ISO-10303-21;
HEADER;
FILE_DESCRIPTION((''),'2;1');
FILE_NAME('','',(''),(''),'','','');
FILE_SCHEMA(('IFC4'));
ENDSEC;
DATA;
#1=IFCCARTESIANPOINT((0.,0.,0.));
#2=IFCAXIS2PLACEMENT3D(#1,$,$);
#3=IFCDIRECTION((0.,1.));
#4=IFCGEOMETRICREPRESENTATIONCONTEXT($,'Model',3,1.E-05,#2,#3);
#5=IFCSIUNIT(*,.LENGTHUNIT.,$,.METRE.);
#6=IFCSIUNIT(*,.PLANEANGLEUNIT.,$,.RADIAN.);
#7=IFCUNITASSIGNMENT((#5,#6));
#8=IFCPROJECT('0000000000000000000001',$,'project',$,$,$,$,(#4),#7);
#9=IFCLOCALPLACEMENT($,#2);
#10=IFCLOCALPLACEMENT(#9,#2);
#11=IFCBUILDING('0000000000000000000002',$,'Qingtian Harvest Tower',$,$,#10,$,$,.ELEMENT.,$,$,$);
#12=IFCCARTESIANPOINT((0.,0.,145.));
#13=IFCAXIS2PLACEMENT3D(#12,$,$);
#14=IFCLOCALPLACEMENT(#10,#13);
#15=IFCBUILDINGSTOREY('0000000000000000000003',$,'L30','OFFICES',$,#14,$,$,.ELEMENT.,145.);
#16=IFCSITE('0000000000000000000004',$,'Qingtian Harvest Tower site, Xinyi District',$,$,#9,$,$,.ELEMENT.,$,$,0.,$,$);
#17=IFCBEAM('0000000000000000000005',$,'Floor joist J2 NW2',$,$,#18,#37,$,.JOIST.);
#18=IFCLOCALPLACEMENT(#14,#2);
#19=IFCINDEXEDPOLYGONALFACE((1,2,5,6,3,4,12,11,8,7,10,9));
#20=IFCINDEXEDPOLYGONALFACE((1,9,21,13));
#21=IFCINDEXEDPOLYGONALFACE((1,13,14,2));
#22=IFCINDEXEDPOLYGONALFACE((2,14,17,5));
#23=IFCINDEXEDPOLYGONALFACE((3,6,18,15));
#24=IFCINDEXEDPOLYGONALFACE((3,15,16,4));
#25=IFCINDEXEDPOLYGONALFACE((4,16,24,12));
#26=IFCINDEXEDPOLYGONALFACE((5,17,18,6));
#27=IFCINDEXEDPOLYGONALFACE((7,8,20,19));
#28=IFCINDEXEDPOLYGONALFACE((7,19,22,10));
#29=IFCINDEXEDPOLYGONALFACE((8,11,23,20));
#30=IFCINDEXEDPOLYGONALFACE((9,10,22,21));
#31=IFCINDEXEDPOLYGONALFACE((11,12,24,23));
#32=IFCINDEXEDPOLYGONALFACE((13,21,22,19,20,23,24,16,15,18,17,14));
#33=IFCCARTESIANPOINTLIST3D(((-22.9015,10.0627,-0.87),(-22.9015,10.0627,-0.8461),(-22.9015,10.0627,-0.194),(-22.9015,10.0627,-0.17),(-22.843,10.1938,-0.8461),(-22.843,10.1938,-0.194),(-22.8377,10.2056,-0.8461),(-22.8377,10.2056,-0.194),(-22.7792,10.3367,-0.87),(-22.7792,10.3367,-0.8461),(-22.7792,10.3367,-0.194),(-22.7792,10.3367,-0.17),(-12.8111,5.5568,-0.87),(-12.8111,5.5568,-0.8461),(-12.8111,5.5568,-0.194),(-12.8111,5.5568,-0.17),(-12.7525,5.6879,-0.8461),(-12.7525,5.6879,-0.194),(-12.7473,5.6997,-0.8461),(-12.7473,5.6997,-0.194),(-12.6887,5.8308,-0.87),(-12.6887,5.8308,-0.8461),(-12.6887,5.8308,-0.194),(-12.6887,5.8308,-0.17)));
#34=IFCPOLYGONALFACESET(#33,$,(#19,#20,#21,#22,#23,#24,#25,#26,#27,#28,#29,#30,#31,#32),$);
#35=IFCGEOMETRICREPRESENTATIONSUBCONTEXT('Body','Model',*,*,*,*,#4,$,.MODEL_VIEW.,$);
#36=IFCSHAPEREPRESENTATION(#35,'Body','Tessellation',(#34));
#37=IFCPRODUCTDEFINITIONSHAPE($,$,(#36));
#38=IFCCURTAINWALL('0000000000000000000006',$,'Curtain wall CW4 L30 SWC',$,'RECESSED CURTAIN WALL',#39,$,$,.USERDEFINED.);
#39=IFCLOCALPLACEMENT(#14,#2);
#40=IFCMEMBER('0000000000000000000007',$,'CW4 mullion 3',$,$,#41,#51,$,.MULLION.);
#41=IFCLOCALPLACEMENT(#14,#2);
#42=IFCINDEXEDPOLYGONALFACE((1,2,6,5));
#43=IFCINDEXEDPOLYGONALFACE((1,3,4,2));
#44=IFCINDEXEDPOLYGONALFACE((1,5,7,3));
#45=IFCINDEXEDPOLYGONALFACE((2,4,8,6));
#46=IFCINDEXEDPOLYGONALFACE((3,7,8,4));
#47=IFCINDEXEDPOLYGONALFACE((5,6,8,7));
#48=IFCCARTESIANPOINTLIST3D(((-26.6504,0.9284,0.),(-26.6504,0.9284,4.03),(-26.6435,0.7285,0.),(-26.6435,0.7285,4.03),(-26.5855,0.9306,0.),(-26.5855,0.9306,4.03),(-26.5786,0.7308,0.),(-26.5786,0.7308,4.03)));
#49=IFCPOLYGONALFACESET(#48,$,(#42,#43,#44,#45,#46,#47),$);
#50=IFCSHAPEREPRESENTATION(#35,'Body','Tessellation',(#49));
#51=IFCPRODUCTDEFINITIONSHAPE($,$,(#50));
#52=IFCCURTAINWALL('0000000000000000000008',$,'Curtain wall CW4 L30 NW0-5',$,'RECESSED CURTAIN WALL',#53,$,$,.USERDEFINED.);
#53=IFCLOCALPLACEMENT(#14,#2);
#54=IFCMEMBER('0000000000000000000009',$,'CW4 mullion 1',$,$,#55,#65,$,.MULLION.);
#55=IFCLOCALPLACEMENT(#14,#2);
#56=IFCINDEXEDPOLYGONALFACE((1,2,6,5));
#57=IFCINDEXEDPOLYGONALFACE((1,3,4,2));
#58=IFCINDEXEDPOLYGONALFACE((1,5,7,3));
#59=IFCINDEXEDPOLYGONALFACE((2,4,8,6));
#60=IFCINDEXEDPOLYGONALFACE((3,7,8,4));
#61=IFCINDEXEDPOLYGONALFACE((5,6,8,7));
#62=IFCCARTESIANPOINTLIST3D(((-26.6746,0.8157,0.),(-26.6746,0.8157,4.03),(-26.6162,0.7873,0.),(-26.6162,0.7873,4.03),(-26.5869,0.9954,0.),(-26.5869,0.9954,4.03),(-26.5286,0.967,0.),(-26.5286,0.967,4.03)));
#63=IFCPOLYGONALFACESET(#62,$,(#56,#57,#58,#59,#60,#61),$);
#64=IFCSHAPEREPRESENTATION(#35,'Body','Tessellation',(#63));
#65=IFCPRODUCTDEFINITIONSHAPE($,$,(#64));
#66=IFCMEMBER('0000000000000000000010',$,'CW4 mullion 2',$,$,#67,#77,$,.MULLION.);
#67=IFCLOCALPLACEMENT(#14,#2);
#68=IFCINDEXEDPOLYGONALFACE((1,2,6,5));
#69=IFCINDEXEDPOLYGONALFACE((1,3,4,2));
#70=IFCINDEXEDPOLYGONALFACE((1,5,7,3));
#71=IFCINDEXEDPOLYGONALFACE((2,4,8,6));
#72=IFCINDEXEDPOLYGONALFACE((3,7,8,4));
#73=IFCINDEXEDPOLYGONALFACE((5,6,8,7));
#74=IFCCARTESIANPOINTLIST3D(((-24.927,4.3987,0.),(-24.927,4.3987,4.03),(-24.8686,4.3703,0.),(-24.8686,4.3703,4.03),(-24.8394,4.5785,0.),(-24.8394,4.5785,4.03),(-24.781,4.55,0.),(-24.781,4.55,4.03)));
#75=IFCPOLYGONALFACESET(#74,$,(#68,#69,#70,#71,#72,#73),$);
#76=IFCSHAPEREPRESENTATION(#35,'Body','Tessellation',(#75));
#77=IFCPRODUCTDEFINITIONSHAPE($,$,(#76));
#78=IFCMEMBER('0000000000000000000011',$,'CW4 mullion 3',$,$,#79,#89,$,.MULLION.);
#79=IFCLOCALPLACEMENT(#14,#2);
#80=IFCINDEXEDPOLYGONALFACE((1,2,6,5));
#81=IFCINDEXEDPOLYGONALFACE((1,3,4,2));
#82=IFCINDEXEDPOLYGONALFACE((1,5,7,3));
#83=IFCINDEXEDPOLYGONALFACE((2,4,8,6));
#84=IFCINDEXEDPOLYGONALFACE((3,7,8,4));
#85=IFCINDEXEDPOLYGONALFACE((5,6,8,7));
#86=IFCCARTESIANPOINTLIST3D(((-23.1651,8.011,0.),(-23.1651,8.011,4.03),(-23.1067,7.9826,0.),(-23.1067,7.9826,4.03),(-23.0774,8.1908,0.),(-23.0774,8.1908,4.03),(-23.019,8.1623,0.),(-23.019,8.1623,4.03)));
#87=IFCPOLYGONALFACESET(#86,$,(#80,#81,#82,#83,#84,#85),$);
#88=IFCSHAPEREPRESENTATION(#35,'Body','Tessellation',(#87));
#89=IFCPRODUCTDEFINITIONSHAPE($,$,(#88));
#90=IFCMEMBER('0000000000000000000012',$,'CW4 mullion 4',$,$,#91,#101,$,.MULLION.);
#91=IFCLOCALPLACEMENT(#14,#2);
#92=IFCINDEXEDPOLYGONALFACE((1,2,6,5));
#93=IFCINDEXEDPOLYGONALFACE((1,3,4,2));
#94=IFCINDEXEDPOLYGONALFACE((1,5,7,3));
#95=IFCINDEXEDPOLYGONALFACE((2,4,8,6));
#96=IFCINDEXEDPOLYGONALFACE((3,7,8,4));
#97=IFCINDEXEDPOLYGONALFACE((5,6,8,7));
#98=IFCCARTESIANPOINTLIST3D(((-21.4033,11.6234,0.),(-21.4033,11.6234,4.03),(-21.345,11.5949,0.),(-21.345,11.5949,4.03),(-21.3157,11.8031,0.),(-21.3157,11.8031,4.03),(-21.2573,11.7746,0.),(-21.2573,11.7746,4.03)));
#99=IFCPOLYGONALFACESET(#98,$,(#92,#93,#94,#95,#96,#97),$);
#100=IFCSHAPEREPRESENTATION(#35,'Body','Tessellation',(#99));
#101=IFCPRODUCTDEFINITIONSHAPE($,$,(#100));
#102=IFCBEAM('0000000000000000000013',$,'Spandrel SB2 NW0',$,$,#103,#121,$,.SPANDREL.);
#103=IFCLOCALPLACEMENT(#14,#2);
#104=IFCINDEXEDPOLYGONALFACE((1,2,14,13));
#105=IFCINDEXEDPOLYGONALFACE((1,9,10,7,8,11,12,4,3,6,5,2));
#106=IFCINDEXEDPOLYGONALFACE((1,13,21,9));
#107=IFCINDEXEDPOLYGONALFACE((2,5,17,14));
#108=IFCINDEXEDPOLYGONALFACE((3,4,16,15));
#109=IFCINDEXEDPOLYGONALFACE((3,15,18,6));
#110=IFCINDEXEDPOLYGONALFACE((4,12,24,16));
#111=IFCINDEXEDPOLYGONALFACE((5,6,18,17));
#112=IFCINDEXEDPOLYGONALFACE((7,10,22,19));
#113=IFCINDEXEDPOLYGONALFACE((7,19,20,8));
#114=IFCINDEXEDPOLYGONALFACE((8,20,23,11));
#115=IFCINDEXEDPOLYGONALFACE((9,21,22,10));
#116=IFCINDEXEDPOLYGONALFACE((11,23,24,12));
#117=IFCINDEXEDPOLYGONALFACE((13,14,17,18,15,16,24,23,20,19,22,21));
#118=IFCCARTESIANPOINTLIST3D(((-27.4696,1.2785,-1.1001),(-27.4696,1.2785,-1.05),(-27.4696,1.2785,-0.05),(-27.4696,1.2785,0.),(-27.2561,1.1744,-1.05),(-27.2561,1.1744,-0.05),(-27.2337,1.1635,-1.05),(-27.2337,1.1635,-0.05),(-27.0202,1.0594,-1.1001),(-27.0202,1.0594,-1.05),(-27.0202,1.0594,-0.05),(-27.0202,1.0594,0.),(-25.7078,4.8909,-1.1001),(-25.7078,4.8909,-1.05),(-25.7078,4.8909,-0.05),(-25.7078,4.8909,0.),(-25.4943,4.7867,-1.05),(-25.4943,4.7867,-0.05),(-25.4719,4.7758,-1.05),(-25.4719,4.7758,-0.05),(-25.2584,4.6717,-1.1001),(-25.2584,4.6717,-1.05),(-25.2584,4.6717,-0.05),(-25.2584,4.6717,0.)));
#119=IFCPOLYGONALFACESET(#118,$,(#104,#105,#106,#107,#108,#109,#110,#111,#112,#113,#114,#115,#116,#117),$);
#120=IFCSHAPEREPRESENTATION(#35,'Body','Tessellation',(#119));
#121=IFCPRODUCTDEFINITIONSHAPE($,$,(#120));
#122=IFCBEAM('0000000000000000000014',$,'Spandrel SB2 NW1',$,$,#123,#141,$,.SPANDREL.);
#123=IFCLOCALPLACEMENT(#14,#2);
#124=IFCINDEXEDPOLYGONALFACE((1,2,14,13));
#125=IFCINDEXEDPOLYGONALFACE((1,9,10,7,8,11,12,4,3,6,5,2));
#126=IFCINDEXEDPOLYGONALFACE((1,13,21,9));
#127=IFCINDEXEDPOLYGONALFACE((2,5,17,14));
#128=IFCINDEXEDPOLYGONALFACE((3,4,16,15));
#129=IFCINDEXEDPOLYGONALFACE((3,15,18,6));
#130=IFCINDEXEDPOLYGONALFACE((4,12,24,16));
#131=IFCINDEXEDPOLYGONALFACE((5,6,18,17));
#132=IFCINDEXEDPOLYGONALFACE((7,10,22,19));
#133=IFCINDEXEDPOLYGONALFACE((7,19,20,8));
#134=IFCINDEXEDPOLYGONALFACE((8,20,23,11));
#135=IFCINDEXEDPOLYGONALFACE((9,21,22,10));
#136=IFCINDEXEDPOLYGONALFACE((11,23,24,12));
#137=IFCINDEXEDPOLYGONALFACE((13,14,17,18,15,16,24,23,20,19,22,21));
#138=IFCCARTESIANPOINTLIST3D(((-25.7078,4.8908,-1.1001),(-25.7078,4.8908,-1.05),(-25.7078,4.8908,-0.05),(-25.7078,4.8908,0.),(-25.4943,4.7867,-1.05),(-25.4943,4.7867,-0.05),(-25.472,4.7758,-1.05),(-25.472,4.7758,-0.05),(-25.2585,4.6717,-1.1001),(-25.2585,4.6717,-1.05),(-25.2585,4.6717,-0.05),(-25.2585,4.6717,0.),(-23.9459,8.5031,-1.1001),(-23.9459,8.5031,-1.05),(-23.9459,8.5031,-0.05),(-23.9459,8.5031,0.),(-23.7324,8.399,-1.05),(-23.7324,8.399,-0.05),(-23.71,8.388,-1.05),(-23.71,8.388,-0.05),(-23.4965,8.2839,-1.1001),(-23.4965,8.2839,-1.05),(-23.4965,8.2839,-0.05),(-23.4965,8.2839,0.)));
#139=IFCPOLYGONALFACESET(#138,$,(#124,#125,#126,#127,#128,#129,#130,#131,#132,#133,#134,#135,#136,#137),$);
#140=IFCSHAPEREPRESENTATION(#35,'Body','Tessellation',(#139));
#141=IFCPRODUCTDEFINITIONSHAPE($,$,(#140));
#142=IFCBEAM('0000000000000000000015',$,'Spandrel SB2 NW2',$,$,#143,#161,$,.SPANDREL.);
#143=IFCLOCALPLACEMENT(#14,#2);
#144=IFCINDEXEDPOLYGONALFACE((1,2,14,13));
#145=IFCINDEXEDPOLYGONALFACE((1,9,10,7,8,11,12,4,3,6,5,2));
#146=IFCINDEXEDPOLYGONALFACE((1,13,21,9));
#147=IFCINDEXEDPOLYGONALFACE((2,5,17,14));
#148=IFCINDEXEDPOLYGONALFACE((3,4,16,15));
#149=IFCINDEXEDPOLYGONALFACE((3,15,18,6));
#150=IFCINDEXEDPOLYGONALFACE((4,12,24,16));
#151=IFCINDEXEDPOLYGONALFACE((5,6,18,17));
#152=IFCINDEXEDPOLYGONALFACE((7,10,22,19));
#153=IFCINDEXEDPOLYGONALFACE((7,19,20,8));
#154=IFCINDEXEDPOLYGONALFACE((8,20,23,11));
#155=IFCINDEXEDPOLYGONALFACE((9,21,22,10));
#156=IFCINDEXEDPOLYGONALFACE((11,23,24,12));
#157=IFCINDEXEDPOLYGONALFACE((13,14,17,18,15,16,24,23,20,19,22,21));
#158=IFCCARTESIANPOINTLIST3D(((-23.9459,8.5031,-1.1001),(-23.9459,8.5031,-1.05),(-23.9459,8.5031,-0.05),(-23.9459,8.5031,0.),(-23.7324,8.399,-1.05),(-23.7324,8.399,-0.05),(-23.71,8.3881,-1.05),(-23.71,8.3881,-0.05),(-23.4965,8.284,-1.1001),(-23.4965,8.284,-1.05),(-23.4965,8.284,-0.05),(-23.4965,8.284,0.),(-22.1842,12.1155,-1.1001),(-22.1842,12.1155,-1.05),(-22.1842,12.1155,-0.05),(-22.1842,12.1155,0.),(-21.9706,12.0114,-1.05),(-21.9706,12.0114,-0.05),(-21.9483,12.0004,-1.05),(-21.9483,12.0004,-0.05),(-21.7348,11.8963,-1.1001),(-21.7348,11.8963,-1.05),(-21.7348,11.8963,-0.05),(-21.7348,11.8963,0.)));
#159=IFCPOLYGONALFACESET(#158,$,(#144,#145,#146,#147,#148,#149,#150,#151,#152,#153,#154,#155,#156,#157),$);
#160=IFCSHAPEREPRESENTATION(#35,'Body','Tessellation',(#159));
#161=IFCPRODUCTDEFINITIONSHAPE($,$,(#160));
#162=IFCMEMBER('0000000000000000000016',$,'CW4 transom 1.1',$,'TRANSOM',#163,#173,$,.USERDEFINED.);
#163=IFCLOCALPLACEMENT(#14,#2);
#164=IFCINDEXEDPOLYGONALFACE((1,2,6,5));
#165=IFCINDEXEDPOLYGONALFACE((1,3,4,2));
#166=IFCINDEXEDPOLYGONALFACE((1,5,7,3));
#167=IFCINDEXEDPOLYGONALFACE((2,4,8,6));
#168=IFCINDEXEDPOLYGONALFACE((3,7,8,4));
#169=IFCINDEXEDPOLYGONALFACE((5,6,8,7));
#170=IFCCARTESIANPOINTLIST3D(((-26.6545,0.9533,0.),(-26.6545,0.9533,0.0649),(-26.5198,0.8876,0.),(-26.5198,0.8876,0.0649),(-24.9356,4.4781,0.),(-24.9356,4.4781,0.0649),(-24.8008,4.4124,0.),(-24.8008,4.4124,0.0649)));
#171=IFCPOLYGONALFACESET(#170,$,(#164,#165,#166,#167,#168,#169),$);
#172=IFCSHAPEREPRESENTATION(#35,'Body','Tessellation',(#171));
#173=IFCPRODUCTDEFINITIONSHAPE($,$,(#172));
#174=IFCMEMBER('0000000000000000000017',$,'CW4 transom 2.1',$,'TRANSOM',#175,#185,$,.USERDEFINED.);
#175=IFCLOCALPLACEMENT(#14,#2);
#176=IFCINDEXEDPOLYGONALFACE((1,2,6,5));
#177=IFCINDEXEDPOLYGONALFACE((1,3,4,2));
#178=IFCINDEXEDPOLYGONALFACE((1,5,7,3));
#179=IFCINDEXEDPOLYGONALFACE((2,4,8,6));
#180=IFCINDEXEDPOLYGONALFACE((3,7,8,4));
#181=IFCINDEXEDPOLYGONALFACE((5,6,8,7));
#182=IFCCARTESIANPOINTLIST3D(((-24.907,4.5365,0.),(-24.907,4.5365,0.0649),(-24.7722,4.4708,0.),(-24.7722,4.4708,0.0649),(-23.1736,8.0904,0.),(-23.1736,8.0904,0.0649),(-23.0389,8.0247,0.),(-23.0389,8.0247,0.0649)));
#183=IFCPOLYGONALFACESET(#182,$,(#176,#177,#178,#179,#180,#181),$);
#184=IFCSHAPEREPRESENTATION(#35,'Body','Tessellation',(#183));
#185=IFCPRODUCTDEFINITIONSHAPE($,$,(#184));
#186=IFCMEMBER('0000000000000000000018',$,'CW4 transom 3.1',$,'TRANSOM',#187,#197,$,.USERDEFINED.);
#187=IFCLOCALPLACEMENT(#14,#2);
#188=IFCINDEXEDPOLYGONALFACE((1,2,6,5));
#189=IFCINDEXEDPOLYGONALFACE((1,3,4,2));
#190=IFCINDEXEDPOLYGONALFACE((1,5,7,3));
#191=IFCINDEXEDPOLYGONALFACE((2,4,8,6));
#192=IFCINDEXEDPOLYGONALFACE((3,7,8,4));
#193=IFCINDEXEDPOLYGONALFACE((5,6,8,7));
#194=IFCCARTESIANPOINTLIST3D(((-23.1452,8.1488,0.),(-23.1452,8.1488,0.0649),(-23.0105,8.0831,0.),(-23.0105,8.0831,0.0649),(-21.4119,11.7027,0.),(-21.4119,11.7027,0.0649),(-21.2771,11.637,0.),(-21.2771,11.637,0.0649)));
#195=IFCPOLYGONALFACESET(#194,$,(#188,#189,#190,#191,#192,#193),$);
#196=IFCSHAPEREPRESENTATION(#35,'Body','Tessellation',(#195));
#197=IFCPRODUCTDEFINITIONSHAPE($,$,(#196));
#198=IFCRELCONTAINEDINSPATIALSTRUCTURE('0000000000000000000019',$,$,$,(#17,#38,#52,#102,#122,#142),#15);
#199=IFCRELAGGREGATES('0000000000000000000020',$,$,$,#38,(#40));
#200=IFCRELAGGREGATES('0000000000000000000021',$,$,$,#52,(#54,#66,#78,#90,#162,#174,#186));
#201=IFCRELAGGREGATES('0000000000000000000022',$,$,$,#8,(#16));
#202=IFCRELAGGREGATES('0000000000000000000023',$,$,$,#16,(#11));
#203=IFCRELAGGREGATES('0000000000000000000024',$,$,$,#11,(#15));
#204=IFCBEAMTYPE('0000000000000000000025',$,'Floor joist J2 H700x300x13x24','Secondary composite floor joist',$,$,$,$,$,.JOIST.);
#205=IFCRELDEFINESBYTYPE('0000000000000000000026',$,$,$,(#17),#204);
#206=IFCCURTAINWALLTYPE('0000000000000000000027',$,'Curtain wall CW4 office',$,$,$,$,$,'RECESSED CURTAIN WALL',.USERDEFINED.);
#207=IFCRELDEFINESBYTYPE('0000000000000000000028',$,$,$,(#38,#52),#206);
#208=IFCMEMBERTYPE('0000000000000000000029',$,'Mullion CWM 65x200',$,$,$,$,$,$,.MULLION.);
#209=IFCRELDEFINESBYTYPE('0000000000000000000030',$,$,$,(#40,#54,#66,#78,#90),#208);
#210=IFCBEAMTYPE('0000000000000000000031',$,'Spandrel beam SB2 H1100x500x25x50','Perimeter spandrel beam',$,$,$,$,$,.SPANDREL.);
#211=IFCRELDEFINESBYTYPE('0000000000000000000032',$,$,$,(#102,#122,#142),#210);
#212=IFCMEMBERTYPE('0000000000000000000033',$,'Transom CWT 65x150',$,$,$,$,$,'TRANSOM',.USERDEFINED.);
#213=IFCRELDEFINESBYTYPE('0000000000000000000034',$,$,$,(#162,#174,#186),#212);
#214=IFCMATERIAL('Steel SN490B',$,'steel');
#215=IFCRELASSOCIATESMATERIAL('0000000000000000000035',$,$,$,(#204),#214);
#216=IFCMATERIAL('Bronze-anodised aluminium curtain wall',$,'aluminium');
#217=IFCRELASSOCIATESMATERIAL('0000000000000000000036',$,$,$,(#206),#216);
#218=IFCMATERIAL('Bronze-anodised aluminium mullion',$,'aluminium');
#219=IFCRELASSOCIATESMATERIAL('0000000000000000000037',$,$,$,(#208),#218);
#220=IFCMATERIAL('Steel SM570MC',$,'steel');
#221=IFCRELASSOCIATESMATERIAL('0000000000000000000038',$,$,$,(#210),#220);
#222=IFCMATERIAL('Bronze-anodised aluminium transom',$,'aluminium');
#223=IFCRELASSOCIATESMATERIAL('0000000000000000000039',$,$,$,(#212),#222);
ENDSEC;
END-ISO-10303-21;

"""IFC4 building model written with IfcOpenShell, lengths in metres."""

from ifc_helpers import new_model, si_unit, direction, frame, origin, origin_2d, place, context, subcontext, project, spatial, rectangle, i_section, extrude, material, material_profile, profile_set, type_object, element, aggregate, save


model = new_model("IFC4")

# Units and contexts
model_context = context("Model", 3, precision=1e-05, world=origin(), true_north=direction((0.0, 1.0)))
body_context = subcontext(model_context, "Body", "Model", "MODEL_VIEW")
ifc_project = project(units=[si_unit("LENGTHUNIT", "METRE"), si_unit("PLANEANGLEUNIT", "RADIAN")], contexts=[model_context])

# Site, building, storey
site_placement = place(None, origin())
site = spatial("IfcSite", under=ifc_project, at=site_placement, Name="Qingtian Harvest Tower site, Xinyi District", CompositionType="ELEMENT", RefElevation=0.0)
building_placement = place(site_placement, origin())
building = spatial("IfcBuilding", under=site, at=building_placement, Name="Qingtian Harvest Tower", CompositionType="ELEMENT")
storey_placement = place(building_placement, frame((0.0, 0.0, 145.0)))
storey = spatial("IfcBuildingStorey", under=building, at=storey_placement, Name="L30", Description="OFFICES", CompositionType="ELEMENT", Elevation=145.0)

# Beam
ifc_material_1 = material(Name="Steel SN490B", Category="steel")
ifc_material_profile_1 = material_profile(ifc_material_1, i_section(OverallWidth=0.3, OverallDepth=0.7, WebThickness=0.0129, FlangeThickness=0.0239, at=origin_2d()), Name="H700x300x13x24")
ifc_profile_set_1 = profile_set([ifc_material_profile_1], Name="Steel SN490B")
beam_type_1 = type_object("IfcBeamType", Name="Floor joist J2 H700x300x13x24", Description="Secondary composite floor joist", PredefinedType="JOIST", material=ifc_profile_set_1)
beam_1_placement = place(storey_placement, frame((-22.8403, 10.1997, -0.52), z_axis=(0.913096, -0.407745, 0.0), x_axis=(0.407745, 0.913096, 0.0)))
element("IfcBeam", 1, at=beam_1_placement, inside=storey, type_object=beam_type_1, Name="Floor joist J2 NW2", PredefinedType="JOIST", context=body_context, shape_type="SweptSolid", body=[
    extrude(i_section(OverallWidth=0.3, OverallDepth=0.7, WebThickness=0.0129, FlangeThickness=0.0239, at=origin_2d()), origin(), (0.0, 0.0, 1.0), 11.0508),
])

# Curtain wall, member
ifc_material_2 = material(Name="Bronze-anodised aluminium curtain wall", Category="aluminium")
curtain_wall_type = type_object("IfcCurtainWallType", Name="Curtain wall CW4 office", ElementType="RECESSED CURTAIN WALL", PredefinedType="USERDEFINED", material=ifc_material_2)
curtain_wall_1_placement = place(storey_placement, origin())
curtain_wall_1 = element("IfcCurtainWall", 2, at=curtain_wall_1_placement, inside=storey, type_object=curtain_wall_type, Name="Curtain wall CW4 L30 SWC", ObjectType="RECESSED CURTAIN WALL", PredefinedType="USERDEFINED")
ifc_material_3 = material(Name="Bronze-anodised aluminium mullion", Category="aluminium")
ifc_material_profile_2 = material_profile(ifc_material_3, rectangle(XDim=0.0649, YDim=0.2, at=origin_2d()), Name="AL 65x200")
ifc_profile_set_2 = profile_set([ifc_material_profile_2], Name="Bronze-anodised aluminium mullion")
member_type_1 = type_object("IfcMemberType", Name="Mullion CWM 65x200", PredefinedType="MULLION", material=ifc_profile_set_2)
member_1_placement = place(storey_placement, frame((-26.6145, 0.8296, 0.0), z_axis=(0.0, 0.0, 1.0), x_axis=(-0.999391, -0.034899, 0.0)))
member_1 = element("IfcMember", 3, at=member_1_placement, type_object=member_type_1, Name="CW4 mullion 3", PredefinedType="MULLION", context=body_context, shape_type="SweptSolid", body=[
    extrude(rectangle(XDim=0.0649, YDim=0.2, at=origin_2d()), origin(), (0.0, 0.0, 1.0), 4.03),
])
aggregate(curtain_wall_1, [member_1])

# Curtain wall, members
curtain_wall_2_placement = place(storey_placement, origin())
curtain_wall_2 = element("IfcCurtainWall", 4, at=curtain_wall_2_placement, inside=storey, type_object=curtain_wall_type, Name="Curtain wall CW4 L30 NW0-5", ObjectType="RECESSED CURTAIN WALL", PredefinedType="USERDEFINED")
member_2_placement = place(storey_placement, frame((-26.6016, 0.8914, 0.0), z_axis=(0.0, 0.0, 1.0), x_axis=(-0.898794, 0.438371, 0.0)))
member_2 = element("IfcMember", 5, at=member_2_placement, type_object=member_type_1, Name="CW4 mullion 1", PredefinedType="MULLION", context=body_context, shape_type="SweptSolid", body=[
    extrude(rectangle(XDim=0.0649, YDim=0.2, at=origin_2d()), origin(), (0.0, 0.0, 1.0), 4.03),
])
member_3_placement = place(storey_placement, frame((-24.854, 4.4744, 0.0), z_axis=(0.0, 0.0, 1.0), x_axis=(-0.898794, 0.438371, 0.0)))
member_3 = element("IfcMember", 6, at=member_3_placement, type_object=member_type_1, Name="CW4 mullion 2", PredefinedType="MULLION", context=body_context, shape_type="SweptSolid", body=[
    extrude(rectangle(XDim=0.0649, YDim=0.2, at=origin_2d()), origin(), (0.0, 0.0, 1.0), 4.03),
])
member_4_placement = place(storey_placement, frame((-23.092, 8.0867, 0.0), z_axis=(0.0, 0.0, 1.0), x_axis=(-0.898794, 0.438371, 0.0)))
member_4 = element("IfcMember", 7, at=member_4_placement, type_object=member_type_1, Name="CW4 mullion 3", PredefinedType="MULLION", context=body_context, shape_type="SweptSolid", body=[
    extrude(rectangle(XDim=0.0649, YDim=0.2, at=origin_2d()), origin(), (0.0, 0.0, 1.0), 4.03),
])
member_5_placement = place(storey_placement, frame((-21.3303, 11.699, 0.0), z_axis=(0.0, 0.0, 1.0), x_axis=(-0.898794, 0.438371, 0.0)))
member_5 = element("IfcMember", 8, at=member_5_placement, type_object=member_type_1, Name="CW4 mullion 4", PredefinedType="MULLION", context=body_context, shape_type="SweptSolid", body=[
    extrude(rectangle(XDim=0.0649, YDim=0.2, at=origin_2d()), origin(), (0.0, 0.0, 1.0), 4.03),
])

# Beams
ifc_material_4 = material(Name="Steel SM570MC", Category="steel")
ifc_material_profile_3 = material_profile(ifc_material_4, i_section(OverallWidth=0.5, OverallDepth=1.1001, WebThickness=0.0249, FlangeThickness=0.05, at=origin_2d()), Name="H1100x500x25x50")
ifc_profile_set_3 = profile_set([ifc_material_profile_3], Name="Steel SM570MC")
beam_type_2 = type_object("IfcBeamType", Name="Spandrel beam SB2 H1100x500x25x50", Description="Perimeter spandrel beam", PredefinedType="SPANDREL", material=ifc_profile_set_3)
for number, where, z_axis, x_axis, name in (
    (9, (-27.2449, 1.1689, -0.55), (0.438347, 0.898806, 0.0), (-0.898806, 0.438347, 0.0), "Spandrel SB2 NW0"),
    (10, (-25.4832, 4.7812, -0.55), (0.438396, 0.898782, 0.0), (-0.898782, 0.438396, 0.0), "Spandrel SB2 NW1"),
    (11, (-23.7212, 8.3936, -0.55), (0.438347, 0.898806, 0.0), (-0.898806, 0.438347, 0.0), "Spandrel SB2 NW2"),
):
    element("IfcBeam", number, at=place(storey_placement, frame(where, z_axis=z_axis, x_axis=x_axis)), inside=storey, type_object=beam_type_2, Name=name, PredefinedType="SPANDREL", context=body_context, shape_type="SweptSolid", body=[
        extrude(i_section(OverallWidth=0.5, OverallDepth=1.1001, WebThickness=0.0249, FlangeThickness=0.05, at=origin_2d()), origin(), (0.0, 0.0, 1.0), 4.019),
    ])

# Members
ifc_material_5 = material(Name="Bronze-anodised aluminium transom", Category="aluminium")
ifc_material_profile_4 = material_profile(ifc_material_5, rectangle(XDim=0.1499, YDim=0.0649, at=origin_2d()), Name="AL 65x150")
ifc_profile_set_4 = profile_set([ifc_material_profile_4], Name="Bronze-anodised aluminium transom")
member_type_2 = type_object("IfcMemberType", Name="Transom CWT 65x150", ElementType="TRANSOM", PredefinedType="USERDEFINED", material=ifc_profile_set_4)
member_6_placement = place(storey_placement, frame((-26.5872, 0.9204, 0.0325), z_axis=(0.438327, 0.898816, 0.0), x_axis=(-0.898816, 0.438327, 0.0)))
member_6 = element("IfcMember", 12, at=member_6_placement, type_object=member_type_2, Name="CW4 transom 1.1", ObjectType="TRANSOM", PredefinedType="USERDEFINED", context=body_context, shape_type="SweptSolid", body=[
    extrude(rectangle(XDim=0.1499, YDim=0.0649, at=origin_2d()), origin(), (0.0, 0.0, 1.0), 3.9216),
])
member_7_placement = place(storey_placement, frame((-24.8396, 4.5037, 0.0325), z_axis=(0.438375, 0.898792, 0.0), x_axis=(-0.898792, 0.438375, 0.0)))
member_7 = element("IfcMember", 13, at=member_7_placement, type_object=member_type_2, Name="CW4 transom 2.1", ObjectType="TRANSOM", PredefinedType="USERDEFINED", context=body_context, shape_type="SweptSolid", body=[
    extrude(rectangle(XDim=0.1499, YDim=0.0649, at=origin_2d()), origin(), (0.0, 0.0, 1.0), 3.9541),
])
member_8_placement = place(storey_placement, frame((-23.0779, 8.116, 0.0325), z_axis=(0.438375, 0.898792, 0.0), x_axis=(-0.898792, 0.438375, 0.0)))
member_8 = element("IfcMember", 14, at=member_8_placement, type_object=member_type_2, Name="CW4 transom 3.1", ObjectType="TRANSOM", PredefinedType="USERDEFINED", context=body_context, shape_type="SweptSolid", body=[
    extrude(rectangle(XDim=0.1499, YDim=0.0649, at=origin_2d()), origin(), (0.0, 0.0, 1.0), 3.9541),
])

aggregate(curtain_wall_2, [member_2, member_3, member_4, member_5, member_6, member_7, member_8])

save(model, "model.ifc")
